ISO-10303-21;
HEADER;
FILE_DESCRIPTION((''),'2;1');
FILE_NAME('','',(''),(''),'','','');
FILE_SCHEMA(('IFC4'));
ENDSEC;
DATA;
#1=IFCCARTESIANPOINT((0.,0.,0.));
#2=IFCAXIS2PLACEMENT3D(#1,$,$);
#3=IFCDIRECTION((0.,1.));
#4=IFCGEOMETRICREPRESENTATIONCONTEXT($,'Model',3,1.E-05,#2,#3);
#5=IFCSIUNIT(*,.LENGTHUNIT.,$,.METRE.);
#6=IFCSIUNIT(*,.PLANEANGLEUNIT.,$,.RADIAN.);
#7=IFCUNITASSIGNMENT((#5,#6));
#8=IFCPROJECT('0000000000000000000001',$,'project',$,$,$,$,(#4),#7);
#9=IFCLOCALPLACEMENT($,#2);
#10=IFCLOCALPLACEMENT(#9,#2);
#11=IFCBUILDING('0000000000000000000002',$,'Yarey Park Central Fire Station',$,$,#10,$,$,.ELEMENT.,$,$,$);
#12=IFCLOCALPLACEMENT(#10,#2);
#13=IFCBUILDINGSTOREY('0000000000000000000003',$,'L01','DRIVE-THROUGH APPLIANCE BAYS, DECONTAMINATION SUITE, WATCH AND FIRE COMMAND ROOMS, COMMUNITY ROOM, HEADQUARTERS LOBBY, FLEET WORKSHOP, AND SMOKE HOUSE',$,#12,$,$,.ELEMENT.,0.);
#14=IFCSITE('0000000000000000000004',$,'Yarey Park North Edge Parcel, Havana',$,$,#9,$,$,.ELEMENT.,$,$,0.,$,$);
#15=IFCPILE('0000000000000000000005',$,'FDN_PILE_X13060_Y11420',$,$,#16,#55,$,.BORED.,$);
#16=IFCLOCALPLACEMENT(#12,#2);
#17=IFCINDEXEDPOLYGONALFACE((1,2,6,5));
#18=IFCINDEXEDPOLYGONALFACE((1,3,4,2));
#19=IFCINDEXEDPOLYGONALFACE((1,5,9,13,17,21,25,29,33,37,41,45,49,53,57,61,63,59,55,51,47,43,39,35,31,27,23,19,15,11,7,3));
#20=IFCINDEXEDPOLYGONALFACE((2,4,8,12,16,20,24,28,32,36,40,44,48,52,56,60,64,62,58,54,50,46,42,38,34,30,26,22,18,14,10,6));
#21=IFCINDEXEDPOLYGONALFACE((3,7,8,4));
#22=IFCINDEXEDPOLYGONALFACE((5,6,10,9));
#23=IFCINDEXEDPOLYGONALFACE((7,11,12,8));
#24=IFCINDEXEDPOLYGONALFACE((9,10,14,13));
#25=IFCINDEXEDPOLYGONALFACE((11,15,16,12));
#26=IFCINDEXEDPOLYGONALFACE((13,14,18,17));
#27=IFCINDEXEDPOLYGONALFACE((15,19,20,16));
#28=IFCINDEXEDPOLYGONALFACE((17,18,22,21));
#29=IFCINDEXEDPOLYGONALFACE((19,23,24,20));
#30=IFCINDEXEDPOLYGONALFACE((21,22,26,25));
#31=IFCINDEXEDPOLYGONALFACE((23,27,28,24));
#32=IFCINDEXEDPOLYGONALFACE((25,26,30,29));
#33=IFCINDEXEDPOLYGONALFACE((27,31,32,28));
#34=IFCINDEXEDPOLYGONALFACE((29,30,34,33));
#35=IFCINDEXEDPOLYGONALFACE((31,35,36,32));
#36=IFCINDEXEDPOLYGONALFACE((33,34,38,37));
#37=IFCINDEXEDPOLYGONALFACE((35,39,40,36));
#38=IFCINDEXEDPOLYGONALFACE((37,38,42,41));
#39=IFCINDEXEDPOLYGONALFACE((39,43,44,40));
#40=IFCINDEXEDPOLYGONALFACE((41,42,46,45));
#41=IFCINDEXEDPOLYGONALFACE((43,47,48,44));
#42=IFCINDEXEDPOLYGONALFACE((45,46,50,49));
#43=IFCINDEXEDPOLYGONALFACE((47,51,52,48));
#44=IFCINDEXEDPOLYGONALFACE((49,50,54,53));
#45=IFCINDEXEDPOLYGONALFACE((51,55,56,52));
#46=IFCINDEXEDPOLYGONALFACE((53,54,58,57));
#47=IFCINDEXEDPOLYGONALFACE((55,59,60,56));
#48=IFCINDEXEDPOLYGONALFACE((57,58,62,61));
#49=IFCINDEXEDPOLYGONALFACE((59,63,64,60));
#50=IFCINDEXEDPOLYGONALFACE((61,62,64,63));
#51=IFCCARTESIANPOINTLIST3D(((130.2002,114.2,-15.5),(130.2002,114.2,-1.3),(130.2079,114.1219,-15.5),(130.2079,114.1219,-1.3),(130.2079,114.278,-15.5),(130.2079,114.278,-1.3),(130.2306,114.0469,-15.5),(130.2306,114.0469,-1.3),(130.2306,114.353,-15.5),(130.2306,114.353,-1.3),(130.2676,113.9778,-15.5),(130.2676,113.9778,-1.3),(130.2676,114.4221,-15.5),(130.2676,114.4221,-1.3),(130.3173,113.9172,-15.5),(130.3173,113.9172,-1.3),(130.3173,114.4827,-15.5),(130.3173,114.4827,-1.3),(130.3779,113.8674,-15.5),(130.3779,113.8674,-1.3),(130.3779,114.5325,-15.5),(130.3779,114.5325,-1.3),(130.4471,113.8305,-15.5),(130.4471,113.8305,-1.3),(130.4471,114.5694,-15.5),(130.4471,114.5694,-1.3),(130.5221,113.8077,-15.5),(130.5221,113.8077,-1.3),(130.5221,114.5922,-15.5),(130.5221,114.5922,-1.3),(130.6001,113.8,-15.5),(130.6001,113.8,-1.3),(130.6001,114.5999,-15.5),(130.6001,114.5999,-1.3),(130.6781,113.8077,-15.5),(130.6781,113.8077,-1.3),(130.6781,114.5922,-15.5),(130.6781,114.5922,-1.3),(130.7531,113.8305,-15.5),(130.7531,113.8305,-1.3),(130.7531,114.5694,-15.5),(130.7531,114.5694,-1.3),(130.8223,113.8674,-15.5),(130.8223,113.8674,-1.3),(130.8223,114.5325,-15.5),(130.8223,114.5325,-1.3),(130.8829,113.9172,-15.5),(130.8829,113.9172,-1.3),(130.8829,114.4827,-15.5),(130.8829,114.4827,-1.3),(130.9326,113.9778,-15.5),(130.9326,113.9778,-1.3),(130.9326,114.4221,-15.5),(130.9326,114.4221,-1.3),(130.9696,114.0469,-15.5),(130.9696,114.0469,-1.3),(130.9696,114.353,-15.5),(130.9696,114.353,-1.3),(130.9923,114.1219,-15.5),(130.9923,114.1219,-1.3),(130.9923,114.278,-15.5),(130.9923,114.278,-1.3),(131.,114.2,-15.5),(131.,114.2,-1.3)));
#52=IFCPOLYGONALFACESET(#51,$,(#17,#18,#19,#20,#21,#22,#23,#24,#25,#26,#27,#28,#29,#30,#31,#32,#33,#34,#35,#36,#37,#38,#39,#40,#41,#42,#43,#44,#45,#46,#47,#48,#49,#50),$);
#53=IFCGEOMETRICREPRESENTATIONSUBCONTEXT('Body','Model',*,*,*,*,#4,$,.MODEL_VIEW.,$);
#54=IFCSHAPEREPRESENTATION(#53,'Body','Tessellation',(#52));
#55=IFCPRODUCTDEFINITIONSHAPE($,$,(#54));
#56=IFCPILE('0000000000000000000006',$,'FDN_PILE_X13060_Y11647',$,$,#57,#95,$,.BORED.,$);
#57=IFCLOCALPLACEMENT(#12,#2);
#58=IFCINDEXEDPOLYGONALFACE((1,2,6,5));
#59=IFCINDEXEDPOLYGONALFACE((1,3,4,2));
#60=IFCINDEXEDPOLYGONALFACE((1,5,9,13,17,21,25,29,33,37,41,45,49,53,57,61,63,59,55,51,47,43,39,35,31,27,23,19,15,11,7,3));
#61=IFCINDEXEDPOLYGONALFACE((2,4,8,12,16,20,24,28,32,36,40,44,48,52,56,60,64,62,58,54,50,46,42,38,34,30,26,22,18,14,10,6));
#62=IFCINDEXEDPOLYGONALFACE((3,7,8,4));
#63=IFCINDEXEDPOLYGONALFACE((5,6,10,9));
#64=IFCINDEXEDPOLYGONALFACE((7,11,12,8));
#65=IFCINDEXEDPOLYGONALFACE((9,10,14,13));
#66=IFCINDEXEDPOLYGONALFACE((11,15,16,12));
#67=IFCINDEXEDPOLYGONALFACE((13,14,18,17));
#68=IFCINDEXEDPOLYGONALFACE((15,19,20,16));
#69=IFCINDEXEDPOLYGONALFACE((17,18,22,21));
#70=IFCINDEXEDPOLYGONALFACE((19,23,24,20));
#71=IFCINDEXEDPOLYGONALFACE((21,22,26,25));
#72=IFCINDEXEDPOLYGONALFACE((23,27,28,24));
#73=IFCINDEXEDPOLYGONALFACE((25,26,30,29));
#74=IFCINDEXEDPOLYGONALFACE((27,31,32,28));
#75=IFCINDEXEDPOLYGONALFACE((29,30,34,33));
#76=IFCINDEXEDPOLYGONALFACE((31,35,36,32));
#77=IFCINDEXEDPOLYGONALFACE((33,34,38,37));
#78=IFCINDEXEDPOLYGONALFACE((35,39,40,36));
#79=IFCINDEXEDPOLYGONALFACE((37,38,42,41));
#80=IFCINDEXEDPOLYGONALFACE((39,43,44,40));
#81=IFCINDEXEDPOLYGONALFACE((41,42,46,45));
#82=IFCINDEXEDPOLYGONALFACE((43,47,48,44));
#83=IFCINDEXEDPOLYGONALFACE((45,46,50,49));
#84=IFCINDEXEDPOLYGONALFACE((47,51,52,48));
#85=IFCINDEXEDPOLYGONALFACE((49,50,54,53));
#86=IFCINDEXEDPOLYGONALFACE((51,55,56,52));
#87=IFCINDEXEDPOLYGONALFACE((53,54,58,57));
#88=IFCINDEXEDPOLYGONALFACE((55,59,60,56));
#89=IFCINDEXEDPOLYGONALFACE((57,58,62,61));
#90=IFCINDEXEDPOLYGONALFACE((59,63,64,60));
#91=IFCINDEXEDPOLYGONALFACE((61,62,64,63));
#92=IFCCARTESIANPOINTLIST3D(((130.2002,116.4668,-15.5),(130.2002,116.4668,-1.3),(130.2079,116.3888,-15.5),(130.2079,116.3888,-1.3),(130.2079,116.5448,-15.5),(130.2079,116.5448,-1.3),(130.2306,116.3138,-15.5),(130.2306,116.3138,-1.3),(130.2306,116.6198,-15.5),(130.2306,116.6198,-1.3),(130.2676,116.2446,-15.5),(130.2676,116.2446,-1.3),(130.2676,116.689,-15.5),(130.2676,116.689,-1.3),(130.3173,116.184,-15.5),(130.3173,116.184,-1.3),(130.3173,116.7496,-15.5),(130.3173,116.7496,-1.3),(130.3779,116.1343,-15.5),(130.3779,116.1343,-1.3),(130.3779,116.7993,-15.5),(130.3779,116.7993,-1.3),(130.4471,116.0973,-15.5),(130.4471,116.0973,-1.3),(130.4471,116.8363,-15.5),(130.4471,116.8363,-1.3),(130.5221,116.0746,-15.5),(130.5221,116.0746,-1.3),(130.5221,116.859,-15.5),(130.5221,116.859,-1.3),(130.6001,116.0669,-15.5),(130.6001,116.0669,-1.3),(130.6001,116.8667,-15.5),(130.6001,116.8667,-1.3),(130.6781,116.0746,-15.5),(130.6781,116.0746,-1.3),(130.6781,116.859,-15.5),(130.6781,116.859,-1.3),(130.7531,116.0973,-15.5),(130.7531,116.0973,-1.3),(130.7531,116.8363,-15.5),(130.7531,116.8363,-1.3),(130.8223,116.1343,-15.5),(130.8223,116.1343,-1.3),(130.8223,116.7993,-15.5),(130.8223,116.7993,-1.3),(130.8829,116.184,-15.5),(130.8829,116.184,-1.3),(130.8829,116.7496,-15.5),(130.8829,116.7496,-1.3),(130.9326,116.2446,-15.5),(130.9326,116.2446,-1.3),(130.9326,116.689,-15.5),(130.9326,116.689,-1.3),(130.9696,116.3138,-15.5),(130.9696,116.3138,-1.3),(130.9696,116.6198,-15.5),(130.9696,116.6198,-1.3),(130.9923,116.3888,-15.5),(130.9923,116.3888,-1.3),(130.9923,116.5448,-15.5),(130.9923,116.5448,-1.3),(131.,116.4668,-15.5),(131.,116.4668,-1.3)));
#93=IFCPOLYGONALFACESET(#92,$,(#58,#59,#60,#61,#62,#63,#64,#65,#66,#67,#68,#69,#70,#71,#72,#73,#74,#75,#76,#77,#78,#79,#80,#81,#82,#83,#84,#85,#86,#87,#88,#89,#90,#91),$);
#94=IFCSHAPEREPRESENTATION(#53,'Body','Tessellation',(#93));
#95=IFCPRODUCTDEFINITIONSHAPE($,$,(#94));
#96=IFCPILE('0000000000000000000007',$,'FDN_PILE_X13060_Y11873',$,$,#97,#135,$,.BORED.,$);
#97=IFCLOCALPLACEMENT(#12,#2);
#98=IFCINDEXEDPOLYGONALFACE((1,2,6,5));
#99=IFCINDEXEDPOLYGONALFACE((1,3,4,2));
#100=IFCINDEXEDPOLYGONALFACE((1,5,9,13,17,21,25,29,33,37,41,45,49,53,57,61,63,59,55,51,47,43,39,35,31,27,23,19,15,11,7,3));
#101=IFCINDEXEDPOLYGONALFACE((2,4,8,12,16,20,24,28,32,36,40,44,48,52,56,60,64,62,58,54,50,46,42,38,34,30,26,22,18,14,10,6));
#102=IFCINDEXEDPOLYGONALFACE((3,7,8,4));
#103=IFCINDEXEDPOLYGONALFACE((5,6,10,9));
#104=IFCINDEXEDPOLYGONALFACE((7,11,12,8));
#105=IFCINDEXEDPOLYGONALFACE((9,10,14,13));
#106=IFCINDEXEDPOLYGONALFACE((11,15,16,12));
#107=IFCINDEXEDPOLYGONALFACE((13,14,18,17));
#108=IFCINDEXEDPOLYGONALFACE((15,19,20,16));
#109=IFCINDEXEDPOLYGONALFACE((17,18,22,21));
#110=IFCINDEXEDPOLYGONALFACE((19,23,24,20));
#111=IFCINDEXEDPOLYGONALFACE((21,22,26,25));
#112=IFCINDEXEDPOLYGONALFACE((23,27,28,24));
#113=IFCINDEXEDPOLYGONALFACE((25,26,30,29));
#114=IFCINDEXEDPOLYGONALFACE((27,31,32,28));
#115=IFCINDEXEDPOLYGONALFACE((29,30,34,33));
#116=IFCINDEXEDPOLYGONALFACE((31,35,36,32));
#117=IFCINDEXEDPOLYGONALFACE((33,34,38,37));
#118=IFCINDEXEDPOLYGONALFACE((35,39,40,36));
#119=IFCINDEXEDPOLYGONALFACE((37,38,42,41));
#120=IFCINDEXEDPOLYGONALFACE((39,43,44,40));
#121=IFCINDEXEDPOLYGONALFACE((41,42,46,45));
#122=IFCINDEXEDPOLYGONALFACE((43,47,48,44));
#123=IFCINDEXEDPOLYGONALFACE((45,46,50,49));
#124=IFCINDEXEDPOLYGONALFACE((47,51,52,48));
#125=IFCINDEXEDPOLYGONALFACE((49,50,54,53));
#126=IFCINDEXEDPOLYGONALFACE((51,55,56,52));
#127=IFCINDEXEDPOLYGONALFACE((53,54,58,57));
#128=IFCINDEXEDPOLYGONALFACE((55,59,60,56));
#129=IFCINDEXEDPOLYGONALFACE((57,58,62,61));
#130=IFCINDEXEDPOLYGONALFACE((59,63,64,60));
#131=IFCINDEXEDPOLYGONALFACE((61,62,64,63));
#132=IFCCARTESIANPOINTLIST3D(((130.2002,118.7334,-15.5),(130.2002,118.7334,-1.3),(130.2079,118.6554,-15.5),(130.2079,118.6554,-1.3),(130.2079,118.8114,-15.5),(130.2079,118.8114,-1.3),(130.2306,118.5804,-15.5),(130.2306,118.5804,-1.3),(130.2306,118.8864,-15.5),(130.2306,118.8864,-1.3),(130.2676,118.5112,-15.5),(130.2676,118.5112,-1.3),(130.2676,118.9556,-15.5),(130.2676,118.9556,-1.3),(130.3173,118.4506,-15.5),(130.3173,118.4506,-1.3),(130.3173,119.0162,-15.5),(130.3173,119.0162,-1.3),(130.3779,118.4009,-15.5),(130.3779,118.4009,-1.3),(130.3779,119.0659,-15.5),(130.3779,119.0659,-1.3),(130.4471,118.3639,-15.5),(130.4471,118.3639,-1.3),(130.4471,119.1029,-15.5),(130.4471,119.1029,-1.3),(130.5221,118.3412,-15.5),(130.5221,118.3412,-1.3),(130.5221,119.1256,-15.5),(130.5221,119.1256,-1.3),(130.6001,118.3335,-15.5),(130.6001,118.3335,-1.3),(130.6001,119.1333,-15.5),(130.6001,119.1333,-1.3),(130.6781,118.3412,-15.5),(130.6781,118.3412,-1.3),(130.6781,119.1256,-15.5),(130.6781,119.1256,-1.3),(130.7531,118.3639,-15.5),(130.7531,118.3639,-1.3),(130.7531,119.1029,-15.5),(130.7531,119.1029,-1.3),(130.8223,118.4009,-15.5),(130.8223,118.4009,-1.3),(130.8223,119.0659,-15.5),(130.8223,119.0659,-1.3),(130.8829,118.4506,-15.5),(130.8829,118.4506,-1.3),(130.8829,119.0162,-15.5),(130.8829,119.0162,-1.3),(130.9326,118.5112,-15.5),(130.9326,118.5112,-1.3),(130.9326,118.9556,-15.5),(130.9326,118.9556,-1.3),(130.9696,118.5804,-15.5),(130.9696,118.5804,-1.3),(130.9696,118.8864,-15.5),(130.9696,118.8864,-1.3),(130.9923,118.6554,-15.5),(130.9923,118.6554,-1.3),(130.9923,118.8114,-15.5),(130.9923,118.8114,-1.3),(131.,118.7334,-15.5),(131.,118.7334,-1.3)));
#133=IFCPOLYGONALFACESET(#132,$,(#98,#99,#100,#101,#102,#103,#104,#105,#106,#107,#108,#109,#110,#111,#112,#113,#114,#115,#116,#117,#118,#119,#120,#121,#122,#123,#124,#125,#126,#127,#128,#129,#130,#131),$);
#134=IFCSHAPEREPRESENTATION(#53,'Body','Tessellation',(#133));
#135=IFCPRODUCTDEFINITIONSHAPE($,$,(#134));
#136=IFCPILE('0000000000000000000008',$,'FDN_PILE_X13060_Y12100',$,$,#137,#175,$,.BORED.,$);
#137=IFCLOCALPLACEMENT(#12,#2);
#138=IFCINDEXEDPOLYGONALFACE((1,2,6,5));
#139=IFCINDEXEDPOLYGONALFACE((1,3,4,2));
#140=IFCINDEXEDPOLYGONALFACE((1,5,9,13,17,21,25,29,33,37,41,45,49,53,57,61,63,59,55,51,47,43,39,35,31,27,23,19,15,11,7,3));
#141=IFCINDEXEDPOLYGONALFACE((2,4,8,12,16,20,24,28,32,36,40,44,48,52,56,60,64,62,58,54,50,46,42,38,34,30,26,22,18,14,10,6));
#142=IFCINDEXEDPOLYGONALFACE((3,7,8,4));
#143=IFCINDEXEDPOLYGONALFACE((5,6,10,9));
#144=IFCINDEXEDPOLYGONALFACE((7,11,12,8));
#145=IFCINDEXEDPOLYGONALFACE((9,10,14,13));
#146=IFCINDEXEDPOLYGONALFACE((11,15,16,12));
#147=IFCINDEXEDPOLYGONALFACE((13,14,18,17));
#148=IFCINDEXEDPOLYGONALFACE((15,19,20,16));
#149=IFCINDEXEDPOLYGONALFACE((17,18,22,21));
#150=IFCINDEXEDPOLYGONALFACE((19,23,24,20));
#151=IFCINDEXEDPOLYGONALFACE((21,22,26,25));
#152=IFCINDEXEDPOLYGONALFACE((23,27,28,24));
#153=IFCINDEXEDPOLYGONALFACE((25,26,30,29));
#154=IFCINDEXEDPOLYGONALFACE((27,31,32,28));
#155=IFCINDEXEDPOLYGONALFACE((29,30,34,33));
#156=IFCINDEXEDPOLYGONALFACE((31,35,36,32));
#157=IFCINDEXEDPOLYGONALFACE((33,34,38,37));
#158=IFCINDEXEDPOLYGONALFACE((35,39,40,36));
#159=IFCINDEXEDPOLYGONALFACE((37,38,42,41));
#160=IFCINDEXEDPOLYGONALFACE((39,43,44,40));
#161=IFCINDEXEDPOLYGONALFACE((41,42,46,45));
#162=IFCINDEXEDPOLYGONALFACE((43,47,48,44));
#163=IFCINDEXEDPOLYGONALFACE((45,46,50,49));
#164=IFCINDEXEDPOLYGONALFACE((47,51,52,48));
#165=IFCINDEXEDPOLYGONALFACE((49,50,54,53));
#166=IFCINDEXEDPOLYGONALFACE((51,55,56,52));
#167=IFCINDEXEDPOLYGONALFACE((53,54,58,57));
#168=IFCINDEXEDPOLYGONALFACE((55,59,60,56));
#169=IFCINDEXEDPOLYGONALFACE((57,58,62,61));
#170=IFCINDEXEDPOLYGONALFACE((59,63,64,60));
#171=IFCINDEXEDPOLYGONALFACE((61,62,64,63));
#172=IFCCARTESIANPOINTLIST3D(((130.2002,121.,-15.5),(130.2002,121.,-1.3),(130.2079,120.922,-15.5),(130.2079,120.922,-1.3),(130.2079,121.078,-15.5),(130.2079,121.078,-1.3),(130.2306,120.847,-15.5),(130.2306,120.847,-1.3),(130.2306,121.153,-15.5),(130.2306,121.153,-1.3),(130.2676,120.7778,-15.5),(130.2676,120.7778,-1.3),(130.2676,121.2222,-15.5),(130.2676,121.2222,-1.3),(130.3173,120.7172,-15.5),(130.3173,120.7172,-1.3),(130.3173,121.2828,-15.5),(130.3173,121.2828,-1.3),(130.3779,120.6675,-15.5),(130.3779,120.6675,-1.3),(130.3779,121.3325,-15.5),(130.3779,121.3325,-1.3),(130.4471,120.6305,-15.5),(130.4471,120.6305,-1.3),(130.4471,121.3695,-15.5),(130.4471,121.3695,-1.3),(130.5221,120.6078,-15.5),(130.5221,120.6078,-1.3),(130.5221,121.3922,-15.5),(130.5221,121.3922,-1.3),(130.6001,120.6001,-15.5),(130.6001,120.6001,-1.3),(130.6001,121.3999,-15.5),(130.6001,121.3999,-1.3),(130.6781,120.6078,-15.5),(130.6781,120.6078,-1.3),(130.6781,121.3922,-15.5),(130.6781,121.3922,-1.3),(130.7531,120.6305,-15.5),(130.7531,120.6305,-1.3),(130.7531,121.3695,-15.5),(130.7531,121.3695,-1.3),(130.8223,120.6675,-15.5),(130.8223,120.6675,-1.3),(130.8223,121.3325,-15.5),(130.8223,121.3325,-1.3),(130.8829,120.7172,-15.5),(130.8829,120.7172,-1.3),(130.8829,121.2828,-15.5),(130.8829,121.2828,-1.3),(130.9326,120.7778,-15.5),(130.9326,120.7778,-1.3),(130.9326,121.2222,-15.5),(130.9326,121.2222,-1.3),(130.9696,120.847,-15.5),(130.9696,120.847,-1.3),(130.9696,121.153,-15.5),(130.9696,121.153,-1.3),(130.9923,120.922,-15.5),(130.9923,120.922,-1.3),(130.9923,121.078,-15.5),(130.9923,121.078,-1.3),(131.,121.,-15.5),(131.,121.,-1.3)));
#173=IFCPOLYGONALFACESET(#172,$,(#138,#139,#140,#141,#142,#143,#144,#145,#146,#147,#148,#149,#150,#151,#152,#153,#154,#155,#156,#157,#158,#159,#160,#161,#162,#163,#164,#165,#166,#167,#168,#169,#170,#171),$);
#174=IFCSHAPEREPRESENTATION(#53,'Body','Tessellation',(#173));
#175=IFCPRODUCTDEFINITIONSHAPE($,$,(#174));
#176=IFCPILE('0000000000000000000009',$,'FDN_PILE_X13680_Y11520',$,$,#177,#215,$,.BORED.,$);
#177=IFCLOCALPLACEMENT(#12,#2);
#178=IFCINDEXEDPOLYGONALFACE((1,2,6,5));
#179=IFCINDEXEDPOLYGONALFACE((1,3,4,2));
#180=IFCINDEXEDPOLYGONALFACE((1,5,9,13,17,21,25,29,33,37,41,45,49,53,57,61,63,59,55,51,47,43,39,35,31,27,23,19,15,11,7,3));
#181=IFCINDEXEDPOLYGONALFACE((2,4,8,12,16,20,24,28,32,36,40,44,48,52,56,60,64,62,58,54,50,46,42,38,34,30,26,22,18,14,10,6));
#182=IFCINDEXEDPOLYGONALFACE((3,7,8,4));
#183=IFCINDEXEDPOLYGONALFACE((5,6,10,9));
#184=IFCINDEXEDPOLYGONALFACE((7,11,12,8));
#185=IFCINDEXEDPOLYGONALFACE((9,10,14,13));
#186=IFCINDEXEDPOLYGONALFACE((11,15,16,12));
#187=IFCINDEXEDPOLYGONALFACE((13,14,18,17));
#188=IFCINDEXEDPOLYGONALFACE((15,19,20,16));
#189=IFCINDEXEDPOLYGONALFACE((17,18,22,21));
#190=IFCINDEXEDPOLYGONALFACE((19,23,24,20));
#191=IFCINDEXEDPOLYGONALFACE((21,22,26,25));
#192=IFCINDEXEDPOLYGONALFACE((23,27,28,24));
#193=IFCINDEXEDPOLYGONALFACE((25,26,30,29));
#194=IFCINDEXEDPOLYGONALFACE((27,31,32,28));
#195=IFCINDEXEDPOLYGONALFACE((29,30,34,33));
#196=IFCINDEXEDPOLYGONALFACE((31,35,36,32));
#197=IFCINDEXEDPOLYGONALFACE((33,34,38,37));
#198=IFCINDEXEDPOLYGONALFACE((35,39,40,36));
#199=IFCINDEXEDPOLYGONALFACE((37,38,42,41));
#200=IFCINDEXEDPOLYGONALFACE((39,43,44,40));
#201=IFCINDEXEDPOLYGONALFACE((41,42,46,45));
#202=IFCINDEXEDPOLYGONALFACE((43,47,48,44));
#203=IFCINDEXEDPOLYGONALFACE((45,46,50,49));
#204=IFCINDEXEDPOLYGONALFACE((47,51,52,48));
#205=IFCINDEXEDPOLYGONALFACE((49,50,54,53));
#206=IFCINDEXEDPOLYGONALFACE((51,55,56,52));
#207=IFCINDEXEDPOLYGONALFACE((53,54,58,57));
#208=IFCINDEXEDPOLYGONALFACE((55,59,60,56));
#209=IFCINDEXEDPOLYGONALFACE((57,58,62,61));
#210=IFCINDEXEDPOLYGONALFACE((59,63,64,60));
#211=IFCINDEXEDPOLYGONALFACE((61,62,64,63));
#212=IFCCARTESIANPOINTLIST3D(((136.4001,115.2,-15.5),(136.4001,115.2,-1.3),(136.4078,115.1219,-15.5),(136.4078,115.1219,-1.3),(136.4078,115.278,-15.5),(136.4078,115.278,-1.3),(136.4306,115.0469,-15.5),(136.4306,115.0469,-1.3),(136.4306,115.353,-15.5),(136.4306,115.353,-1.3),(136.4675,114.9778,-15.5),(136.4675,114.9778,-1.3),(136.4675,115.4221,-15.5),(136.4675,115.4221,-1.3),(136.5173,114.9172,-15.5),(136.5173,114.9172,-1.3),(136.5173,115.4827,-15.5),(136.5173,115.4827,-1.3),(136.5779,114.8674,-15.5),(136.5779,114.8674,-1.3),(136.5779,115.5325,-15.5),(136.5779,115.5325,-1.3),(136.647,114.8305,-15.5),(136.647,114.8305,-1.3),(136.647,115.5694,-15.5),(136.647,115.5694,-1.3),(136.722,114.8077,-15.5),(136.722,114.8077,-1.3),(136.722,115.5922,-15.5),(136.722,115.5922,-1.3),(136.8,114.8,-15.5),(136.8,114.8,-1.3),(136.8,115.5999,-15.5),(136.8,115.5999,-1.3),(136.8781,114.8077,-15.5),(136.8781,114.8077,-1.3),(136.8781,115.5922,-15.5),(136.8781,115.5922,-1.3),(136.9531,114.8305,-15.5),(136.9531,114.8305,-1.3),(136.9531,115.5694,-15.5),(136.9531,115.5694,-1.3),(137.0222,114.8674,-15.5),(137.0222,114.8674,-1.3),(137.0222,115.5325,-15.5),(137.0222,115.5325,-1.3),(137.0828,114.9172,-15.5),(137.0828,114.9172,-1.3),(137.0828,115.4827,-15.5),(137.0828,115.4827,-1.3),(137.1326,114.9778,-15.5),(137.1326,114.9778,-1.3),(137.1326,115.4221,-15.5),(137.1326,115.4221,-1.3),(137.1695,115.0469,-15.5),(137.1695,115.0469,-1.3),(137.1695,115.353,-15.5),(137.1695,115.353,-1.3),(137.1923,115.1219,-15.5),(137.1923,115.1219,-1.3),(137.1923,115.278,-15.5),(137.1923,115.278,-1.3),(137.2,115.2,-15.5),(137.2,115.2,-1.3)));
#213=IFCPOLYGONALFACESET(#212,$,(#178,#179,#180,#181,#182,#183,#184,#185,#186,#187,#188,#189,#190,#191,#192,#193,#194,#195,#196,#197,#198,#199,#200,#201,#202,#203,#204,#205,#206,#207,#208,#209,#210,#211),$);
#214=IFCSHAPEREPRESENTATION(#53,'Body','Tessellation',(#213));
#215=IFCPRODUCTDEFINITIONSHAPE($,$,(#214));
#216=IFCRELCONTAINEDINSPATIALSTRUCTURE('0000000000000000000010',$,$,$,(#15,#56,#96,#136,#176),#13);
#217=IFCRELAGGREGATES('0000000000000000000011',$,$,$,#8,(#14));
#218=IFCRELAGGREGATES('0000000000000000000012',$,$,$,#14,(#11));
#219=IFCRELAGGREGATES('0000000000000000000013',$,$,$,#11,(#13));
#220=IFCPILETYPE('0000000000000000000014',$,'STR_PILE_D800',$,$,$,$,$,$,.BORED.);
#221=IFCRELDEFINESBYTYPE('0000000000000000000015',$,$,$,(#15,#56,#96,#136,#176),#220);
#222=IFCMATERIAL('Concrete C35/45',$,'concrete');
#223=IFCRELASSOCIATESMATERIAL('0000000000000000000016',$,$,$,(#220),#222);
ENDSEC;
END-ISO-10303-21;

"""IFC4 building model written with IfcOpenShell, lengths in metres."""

from ifc_helpers import new_model, si_unit, direction, frame, origin, origin_2d, place, context, subcontext, project, spatial, circle, extrude, material, material_profile, profile_set, type_object, element, save


model = new_model("IFC4")

# Units and contexts
model_context = context("Model", 3, precision=1e-05, world=origin(), true_north=direction((0.0, 1.0)))
body_context = subcontext(model_context, "Body", "Model", "MODEL_VIEW")
ifc_project = project(units=[si_unit("LENGTHUNIT", "METRE"), si_unit("PLANEANGLEUNIT", "RADIAN")], contexts=[model_context])

# Site, building, storey
site_placement = place(None, origin())
site = spatial("IfcSite", under=ifc_project, at=site_placement, Name="Yarey Park North Edge Parcel, Havana", CompositionType="ELEMENT", RefElevation=0.0)
building_placement = place(site_placement, origin())
building = spatial("IfcBuilding", under=site, at=building_placement, Name="Yarey Park Central Fire Station", CompositionType="ELEMENT")
storey_placement = place(building_placement, origin())
storey = spatial("IfcBuildingStorey", under=building, at=storey_placement, Name="L01", Description="DRIVE-THROUGH APPLIANCE BAYS, DECONTAMINATION SUITE, WATCH AND FIRE COMMAND ROOMS, COMMUNITY ROOM, HEADQUARTERS LOBBY, FLEET WORKSHOP, AND SMOKE HOUSE", CompositionType="ELEMENT", Elevation=0.0)

# Shared definitions
ifc_material_1 = material(Name="Concrete C35/45", Category="concrete")

# Piles
ifc_material_profile_1 = material_profile(ifc_material_1, circle(Radius=0.3999, at=origin_2d()), Name="BORED PILE D800")
ifc_profile_set_1 = profile_set([ifc_material_profile_1], Name="Concrete C35/45")
pile_type = type_object("IfcPileType", Name="STR_PILE_D800", PredefinedType="BORED", material=ifc_profile_set_1)
for number, where, z_axis, x_axis, name in (
    (1, (130.6001, 114.2, -1.3), (0.0, 0.0, -1.0), (1.0, 0.0, 0.0), "FDN_PILE_X13060_Y11420"),
    (2, (130.6001, 116.4668, -1.3), (0.0, 0.0, -1.0), (1.0, 0.0, 0.0), "FDN_PILE_X13060_Y11647"),
    (3, (130.6001, 118.7334, -1.3), (0.0, 0.0, -1.0), (1.0, 0.0, 0.0), "FDN_PILE_X13060_Y11873"),
    (4, (130.6001, 121.0, -1.3), (0.0, 0.0, -1.0), (1.0, 0.0, 0.0), "FDN_PILE_X13060_Y12100"),
    (5, (136.8, 115.2, -1.3), (0.0, 0.0, -1.0), (1.0, 0.0, 0.0), "FDN_PILE_X13680_Y11520"),
):
    element("IfcPile", number, at=place(storey_placement, frame(where, z_axis=z_axis, x_axis=x_axis)), inside=storey, type_object=pile_type, Name=name, PredefinedType="BORED", context=body_context, shape_type="SweptSolid", body=[
        extrude(circle(Radius=0.3999, at=origin_2d()), origin(), (0.0, 0.0, 1.0), 14.2),
    ])

save(model, "model.ifc")
